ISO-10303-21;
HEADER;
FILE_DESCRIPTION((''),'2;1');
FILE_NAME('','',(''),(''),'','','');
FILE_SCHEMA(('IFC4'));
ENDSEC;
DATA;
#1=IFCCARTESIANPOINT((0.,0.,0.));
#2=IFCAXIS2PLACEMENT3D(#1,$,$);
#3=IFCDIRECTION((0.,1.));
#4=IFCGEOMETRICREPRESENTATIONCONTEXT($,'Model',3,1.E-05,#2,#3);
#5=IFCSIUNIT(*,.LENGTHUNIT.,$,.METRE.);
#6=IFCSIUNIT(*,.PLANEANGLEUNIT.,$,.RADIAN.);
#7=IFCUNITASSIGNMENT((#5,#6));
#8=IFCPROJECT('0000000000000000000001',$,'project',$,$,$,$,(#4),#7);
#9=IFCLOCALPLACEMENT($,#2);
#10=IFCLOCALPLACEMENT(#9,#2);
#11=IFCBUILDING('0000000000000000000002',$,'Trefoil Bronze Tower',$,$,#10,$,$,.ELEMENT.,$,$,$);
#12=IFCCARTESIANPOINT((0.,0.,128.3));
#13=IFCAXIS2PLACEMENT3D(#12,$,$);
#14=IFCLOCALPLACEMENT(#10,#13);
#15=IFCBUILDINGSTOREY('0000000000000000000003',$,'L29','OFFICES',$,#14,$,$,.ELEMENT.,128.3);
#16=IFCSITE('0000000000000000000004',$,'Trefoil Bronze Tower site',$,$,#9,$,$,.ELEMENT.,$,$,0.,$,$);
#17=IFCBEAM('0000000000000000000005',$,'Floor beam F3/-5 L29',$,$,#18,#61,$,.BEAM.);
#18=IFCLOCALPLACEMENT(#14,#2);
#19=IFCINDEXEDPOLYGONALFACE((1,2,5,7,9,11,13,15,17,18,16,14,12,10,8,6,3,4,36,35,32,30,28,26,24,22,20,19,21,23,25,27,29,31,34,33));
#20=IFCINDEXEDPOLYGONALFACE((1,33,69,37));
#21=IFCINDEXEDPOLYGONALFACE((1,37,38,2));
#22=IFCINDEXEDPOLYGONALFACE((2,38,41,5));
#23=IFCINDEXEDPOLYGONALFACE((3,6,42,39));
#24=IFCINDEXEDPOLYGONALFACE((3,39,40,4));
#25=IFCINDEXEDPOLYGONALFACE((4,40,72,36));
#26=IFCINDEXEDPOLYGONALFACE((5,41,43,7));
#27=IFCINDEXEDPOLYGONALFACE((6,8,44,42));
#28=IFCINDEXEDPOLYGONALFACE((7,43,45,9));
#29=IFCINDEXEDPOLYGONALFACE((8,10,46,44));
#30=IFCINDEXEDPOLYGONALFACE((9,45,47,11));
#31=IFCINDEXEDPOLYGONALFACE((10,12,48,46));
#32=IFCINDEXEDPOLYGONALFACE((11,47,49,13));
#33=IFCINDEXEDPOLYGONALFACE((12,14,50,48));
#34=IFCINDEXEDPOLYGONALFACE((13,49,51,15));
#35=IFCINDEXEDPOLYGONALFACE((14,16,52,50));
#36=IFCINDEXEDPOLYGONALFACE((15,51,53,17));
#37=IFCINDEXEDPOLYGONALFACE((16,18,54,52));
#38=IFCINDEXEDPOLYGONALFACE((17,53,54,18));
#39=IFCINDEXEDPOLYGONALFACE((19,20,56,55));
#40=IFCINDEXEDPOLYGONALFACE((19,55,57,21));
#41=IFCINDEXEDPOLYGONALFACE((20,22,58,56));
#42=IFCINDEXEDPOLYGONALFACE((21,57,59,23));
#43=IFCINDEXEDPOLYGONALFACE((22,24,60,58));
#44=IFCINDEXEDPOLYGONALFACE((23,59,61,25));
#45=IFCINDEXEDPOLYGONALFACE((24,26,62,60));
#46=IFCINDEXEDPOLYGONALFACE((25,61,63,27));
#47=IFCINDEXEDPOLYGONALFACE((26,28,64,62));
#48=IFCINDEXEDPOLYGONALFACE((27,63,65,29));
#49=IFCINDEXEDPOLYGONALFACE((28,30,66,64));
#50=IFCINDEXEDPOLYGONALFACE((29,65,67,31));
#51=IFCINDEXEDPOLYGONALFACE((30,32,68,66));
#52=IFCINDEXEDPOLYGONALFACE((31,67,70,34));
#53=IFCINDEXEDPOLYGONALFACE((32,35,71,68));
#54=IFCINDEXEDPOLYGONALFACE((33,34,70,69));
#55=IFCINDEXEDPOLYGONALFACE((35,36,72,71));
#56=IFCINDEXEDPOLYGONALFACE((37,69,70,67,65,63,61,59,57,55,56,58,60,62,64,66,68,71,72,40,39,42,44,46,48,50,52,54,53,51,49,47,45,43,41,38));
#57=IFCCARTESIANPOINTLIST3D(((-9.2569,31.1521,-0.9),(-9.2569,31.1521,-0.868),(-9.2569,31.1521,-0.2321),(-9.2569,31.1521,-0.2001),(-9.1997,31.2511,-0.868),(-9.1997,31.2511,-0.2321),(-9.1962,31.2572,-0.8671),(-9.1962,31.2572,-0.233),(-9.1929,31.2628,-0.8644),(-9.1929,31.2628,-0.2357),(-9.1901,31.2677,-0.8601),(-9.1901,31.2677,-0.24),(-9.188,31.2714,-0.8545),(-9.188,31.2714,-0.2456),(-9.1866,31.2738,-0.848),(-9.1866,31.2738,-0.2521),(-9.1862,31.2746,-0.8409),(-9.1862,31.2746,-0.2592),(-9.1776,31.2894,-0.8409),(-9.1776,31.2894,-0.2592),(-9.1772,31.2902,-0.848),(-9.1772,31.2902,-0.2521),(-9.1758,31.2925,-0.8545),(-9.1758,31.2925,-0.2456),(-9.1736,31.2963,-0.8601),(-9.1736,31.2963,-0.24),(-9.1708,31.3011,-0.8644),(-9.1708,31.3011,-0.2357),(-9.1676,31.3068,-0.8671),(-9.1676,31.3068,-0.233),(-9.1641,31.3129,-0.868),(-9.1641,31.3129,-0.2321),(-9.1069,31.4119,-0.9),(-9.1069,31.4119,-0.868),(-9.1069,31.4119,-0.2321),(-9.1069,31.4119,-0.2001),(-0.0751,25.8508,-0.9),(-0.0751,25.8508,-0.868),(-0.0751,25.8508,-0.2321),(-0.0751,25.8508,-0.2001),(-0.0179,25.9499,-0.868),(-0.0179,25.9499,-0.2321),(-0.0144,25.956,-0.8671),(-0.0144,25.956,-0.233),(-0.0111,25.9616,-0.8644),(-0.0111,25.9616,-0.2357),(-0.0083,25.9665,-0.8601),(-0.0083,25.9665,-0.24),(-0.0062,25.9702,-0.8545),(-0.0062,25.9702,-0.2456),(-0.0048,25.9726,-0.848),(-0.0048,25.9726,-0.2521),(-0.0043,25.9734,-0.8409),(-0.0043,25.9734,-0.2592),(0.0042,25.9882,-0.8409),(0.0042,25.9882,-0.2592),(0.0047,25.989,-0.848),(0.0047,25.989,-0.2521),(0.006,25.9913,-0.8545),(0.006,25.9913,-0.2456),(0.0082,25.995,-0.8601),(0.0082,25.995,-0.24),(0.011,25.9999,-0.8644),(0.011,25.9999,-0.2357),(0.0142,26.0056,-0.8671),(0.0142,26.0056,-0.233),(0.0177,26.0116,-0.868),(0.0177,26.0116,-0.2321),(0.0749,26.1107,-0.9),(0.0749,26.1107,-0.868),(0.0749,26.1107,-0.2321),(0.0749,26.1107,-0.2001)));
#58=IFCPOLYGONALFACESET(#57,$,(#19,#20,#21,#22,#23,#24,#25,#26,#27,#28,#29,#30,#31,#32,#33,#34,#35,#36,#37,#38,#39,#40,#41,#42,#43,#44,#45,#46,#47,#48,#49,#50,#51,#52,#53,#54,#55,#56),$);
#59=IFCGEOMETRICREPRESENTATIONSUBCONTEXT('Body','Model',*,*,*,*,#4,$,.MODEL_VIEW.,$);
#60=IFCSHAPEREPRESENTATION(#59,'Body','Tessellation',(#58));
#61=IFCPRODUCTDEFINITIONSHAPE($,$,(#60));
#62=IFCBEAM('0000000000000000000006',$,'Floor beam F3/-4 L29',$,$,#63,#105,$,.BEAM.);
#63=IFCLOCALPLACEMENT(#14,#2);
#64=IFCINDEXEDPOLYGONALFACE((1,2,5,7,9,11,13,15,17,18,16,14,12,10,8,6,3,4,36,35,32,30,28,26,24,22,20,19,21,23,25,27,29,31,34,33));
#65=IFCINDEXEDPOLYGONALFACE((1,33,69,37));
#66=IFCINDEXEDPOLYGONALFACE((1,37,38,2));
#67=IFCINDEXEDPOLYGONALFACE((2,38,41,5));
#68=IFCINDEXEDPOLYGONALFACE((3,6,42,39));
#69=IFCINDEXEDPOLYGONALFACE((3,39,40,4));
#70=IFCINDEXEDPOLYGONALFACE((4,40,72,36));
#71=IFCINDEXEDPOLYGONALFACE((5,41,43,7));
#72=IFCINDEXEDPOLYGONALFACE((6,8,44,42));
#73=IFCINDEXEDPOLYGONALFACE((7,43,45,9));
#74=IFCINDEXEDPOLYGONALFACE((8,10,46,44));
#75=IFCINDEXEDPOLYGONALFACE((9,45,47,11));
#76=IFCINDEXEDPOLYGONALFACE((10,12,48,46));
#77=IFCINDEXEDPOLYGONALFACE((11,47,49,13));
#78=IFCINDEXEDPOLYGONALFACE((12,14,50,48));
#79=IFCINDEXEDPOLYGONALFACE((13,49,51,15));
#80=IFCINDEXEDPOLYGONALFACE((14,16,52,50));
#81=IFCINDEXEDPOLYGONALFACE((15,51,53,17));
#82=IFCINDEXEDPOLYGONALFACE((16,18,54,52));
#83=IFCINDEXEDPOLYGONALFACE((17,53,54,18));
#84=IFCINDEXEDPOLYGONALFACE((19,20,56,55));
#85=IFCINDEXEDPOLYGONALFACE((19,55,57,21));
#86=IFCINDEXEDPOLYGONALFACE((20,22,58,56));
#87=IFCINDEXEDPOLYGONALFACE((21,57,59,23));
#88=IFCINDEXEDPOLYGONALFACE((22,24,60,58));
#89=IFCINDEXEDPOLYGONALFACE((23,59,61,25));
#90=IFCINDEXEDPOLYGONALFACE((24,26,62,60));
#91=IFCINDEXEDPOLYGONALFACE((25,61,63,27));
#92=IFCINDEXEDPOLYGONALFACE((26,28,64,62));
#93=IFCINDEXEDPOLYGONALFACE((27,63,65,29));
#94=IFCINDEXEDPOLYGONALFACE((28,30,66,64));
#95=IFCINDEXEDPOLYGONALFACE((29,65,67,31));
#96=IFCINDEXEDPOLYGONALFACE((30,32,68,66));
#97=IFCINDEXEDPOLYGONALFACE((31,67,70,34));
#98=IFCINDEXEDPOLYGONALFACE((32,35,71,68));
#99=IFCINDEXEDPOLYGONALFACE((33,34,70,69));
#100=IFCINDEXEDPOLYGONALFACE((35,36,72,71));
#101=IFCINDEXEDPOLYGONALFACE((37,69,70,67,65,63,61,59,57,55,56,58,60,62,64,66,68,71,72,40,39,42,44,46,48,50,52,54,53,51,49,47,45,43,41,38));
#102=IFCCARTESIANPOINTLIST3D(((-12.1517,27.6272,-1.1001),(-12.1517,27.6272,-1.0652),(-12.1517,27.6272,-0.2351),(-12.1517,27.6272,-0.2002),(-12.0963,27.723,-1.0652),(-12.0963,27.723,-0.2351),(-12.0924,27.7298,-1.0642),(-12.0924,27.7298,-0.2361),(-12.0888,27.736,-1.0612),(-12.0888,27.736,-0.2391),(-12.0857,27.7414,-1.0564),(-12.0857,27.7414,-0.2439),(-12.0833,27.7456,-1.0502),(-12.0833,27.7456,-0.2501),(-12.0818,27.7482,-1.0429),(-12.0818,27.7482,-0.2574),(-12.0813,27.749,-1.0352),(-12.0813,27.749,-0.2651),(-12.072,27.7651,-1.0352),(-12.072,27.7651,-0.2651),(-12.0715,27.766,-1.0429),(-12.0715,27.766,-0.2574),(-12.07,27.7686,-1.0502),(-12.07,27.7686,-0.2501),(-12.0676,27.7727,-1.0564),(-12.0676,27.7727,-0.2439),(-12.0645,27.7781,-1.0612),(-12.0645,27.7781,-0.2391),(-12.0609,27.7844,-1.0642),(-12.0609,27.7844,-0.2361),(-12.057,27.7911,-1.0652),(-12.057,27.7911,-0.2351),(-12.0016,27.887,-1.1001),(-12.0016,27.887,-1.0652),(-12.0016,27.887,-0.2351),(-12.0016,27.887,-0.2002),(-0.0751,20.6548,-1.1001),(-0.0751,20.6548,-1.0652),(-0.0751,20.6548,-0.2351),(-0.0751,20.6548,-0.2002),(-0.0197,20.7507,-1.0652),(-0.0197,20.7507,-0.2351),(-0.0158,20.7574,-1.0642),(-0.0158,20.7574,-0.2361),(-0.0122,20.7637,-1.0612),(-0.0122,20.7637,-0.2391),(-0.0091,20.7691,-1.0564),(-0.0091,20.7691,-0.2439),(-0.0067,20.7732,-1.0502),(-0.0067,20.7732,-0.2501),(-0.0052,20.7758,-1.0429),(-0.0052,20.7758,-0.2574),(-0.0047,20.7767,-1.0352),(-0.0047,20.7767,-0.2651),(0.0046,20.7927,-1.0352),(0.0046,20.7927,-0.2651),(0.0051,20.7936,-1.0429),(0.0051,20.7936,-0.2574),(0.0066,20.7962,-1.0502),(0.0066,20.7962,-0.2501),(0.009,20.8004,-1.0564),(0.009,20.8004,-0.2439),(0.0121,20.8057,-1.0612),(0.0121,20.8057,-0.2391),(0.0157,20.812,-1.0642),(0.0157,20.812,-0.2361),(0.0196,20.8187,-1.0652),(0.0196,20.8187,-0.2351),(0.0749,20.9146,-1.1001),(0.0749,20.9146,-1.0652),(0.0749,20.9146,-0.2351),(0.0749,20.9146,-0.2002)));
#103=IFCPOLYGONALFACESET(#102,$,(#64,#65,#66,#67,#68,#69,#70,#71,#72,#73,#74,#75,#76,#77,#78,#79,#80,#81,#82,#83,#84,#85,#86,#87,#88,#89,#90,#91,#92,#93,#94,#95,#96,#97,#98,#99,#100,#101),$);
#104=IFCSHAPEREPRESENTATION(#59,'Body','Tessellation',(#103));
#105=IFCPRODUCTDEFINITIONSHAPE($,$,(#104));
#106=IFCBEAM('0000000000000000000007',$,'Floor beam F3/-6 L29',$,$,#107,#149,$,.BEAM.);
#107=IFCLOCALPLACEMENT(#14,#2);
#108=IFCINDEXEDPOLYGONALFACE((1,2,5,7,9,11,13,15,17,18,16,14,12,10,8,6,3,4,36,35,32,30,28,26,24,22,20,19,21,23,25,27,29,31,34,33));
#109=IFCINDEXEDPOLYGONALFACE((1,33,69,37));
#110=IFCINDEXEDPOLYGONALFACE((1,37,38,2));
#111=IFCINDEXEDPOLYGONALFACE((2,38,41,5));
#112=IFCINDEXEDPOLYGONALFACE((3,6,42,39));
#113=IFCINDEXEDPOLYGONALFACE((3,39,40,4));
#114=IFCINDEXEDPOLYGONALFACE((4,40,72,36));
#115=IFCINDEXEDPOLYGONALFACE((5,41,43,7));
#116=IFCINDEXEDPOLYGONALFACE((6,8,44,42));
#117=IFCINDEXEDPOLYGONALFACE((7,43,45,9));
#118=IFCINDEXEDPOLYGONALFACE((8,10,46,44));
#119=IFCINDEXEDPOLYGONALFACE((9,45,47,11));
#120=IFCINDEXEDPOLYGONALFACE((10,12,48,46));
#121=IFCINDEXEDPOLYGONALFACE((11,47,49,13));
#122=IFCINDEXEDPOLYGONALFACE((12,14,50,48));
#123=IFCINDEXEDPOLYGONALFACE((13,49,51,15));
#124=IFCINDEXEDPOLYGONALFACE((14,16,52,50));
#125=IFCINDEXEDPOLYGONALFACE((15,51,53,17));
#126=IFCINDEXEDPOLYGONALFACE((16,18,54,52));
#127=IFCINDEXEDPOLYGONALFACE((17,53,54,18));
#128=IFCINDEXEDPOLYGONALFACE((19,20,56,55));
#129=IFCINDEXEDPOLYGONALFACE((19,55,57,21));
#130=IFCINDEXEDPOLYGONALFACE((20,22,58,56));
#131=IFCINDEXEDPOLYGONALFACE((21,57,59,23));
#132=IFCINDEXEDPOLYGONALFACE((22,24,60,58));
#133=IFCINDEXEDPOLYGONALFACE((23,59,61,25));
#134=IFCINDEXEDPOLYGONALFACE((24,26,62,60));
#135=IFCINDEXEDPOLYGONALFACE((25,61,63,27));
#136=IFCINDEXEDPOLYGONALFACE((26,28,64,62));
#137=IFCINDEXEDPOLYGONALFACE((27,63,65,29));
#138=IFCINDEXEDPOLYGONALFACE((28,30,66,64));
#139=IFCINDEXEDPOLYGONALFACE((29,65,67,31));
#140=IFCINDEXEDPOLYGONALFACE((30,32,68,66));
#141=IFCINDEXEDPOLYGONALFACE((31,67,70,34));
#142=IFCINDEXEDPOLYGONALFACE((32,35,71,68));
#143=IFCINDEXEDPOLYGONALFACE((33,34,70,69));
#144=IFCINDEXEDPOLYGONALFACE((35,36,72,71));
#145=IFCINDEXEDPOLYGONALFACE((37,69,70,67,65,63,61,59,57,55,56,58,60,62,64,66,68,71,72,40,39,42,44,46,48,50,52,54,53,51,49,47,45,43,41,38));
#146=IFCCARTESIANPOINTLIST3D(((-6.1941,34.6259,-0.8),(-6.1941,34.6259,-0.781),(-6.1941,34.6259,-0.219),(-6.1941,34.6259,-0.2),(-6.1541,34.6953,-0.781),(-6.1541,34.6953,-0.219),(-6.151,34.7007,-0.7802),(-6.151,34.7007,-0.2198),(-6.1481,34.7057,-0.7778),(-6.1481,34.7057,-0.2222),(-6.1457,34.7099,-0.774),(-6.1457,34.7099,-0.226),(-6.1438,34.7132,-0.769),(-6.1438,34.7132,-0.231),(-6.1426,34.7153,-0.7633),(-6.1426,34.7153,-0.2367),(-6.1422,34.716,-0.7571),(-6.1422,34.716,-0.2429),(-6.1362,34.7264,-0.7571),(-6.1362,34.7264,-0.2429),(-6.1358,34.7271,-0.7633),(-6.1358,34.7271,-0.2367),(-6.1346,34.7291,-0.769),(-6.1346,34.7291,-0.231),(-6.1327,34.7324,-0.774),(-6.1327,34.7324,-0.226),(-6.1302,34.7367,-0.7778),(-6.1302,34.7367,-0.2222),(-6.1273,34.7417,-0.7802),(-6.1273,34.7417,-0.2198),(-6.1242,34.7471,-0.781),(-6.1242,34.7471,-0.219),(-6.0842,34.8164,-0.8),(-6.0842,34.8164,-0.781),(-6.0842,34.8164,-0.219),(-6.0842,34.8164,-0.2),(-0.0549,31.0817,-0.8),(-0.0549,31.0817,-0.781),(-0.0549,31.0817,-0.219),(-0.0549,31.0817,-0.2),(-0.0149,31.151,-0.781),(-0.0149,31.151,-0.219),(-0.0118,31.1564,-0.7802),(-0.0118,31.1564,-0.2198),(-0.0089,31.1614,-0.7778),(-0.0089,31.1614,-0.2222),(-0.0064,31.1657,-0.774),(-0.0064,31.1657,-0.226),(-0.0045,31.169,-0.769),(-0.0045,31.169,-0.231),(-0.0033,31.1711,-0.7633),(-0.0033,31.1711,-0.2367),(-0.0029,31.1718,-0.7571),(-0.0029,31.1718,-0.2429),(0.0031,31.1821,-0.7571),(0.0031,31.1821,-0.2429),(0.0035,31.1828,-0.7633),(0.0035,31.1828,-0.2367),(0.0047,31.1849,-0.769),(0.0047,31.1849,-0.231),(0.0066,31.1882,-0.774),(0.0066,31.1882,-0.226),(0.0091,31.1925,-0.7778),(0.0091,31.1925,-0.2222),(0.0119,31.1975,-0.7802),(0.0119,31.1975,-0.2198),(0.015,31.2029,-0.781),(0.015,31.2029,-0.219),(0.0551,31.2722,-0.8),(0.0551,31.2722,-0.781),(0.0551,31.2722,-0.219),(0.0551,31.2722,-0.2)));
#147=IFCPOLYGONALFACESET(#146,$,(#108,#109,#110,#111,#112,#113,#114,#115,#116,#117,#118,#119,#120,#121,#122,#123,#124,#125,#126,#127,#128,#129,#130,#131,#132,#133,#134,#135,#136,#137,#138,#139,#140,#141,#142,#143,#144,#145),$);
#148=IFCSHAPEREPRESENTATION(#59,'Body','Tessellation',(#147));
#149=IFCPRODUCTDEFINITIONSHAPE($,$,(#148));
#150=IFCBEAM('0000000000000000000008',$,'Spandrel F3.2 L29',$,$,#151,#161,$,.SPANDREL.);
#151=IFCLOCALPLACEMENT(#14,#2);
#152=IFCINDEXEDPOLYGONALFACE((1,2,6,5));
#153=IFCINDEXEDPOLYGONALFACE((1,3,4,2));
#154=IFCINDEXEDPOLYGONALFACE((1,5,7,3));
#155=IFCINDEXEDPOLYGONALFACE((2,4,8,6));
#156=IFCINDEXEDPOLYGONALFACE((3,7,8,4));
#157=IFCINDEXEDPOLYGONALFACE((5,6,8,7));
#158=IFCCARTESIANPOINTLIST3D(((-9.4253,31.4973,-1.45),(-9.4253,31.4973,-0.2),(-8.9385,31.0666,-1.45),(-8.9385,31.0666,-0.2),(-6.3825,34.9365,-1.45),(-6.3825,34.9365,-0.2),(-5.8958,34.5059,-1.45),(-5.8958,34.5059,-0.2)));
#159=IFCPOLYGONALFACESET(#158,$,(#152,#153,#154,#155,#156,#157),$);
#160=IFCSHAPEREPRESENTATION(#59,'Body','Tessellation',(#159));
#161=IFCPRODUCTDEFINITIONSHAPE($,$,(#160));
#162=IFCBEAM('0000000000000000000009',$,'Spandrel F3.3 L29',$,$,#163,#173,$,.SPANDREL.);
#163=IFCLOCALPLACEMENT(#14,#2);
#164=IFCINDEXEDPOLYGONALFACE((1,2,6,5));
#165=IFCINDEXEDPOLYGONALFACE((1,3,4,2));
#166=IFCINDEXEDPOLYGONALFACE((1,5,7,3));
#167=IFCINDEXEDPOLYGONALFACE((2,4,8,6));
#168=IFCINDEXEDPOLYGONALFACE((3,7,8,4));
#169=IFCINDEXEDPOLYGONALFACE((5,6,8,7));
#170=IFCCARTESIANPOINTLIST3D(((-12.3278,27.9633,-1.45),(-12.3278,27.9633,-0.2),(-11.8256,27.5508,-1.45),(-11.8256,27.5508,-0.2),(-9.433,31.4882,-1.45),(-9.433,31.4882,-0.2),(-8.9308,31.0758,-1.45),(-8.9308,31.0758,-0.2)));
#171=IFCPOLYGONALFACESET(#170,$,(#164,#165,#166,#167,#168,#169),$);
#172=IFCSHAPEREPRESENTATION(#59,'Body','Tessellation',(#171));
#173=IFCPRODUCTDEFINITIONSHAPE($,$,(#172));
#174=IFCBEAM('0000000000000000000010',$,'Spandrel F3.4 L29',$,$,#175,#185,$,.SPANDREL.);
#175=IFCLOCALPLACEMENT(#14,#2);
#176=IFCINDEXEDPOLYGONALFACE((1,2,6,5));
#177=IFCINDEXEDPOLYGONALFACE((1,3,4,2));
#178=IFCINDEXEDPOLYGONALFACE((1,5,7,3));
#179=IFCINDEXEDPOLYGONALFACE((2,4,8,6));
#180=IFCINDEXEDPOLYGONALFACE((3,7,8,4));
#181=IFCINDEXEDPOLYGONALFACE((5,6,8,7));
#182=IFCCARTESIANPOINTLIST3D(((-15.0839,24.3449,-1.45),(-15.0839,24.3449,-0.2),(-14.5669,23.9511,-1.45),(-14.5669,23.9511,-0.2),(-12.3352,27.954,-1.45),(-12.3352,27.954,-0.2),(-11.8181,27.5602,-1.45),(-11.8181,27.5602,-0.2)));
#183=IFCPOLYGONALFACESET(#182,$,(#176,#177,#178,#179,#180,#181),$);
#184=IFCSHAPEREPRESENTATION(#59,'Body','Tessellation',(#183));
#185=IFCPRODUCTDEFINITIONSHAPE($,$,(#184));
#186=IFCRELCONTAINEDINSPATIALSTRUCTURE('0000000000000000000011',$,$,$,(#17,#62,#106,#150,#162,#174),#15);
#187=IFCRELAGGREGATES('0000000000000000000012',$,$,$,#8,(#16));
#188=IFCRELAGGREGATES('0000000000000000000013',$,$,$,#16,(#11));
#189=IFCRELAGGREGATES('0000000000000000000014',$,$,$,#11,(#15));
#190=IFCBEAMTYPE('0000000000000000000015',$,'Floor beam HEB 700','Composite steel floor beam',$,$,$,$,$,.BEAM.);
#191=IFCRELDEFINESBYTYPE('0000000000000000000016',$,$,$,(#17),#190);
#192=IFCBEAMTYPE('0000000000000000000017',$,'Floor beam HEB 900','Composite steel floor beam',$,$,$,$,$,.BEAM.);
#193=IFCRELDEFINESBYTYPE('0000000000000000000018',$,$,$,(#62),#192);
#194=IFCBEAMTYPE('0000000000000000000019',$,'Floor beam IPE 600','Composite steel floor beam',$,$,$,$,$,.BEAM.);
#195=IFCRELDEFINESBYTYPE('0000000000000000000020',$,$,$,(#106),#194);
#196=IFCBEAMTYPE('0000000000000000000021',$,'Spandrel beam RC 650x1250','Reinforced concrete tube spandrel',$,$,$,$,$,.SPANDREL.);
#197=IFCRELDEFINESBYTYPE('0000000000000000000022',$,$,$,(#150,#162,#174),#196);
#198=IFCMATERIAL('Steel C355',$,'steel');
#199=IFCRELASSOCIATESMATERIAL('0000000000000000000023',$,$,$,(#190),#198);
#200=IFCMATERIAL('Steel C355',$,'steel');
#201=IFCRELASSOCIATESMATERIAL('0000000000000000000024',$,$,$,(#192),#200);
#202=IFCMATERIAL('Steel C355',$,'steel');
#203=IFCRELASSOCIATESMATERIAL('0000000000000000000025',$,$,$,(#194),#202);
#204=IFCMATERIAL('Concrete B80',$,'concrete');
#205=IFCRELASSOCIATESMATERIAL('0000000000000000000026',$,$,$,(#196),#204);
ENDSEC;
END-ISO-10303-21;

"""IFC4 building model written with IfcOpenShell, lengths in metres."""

from ifc_helpers import new_model, si_unit, direction, frame, origin, origin_2d, place, context, subcontext, project, spatial, rectangle, i_section, extrude, material, material_profile, profile_set, type_object, element, save


model = new_model("IFC4")

# Units and contexts
model_context = context("Model", 3, precision=1e-05, world=origin(), true_north=direction((0.0, 1.0)))
body_context = subcontext(model_context, "Body", "Model", "MODEL_VIEW")
ifc_project = project(units=[si_unit("LENGTHUNIT", "METRE"), si_unit("PLANEANGLEUNIT", "RADIAN")], contexts=[model_context])

# Site, building, storey
site_placement = place(None, origin())
site = spatial("IfcSite", under=ifc_project, at=site_placement, Name="Trefoil Bronze Tower site", CompositionType="ELEMENT", RefElevation=0.0)
building_placement = place(site_placement, origin())
building = spatial("IfcBuilding", under=site, at=building_placement, Name="Trefoil Bronze Tower", CompositionType="ELEMENT")
storey_placement = place(building_placement, frame((0.0, 0.0, 128.3)))
storey = spatial("IfcBuildingStorey", under=building, at=storey_placement, Name="L29", Description="OFFICES", CompositionType="ELEMENT", Elevation=128.3)

# Beams
ifc_material_1 = material(Name="Steel C355", Category="steel")
ifc_material_profile_1 = material_profile(ifc_material_1, i_section(OverallWidth=0.3, OverallDepth=0.7, WebThickness=0.0171, FlangeThickness=0.032, FilletRadius=0.0271, at=origin_2d()), Name="HEB 700")
ifc_profile_set_1 = profile_set([ifc_material_profile_1], Name="Steel C355")
beam_type_1 = type_object("IfcBeamType", Name="Floor beam HEB 700", Description="Composite steel floor beam", PredefinedType="BEAM", material=ifc_profile_set_1)
beam_1_placement = place(storey_placement, frame((-9.1819, 31.282, -0.55), z_axis=(0.866021, -0.500007, 0.0), x_axis=(0.500007, 0.866021, 0.0)))
element("IfcBeam", 1, at=beam_1_placement, inside=storey, type_object=beam_type_1, Name="Floor beam F3/-5 L29", PredefinedType="BEAM", context=body_context, shape_type="SweptSolid", body=[
    extrude(i_section(OverallWidth=0.3, OverallDepth=0.7, WebThickness=0.0171, FlangeThickness=0.032, FilletRadius=0.0271, at=origin_2d()), origin(), (0.0, 0.0, 1.0), 10.6023),
])
ifc_material_2 = material(Name="Steel C355", Category="steel")
ifc_material_profile_2 = material_profile(ifc_material_2, i_section(OverallWidth=0.3, OverallDepth=0.8999, WebThickness=0.0186, FlangeThickness=0.0349, FilletRadius=0.03, at=origin_2d()), Name="HEB 900")
ifc_profile_set_2 = profile_set([ifc_material_profile_2], Name="Steel C355")
beam_type_2 = type_object("IfcBeamType", Name="Floor beam HEB 900", Description="Composite steel floor beam", PredefinedType="BEAM", material=ifc_profile_set_2)
beam_2_placement = place(storey_placement, frame((-12.0767, 27.7571, -0.6501), z_axis=(0.866027, -0.499997, 0.0), x_axis=(0.499997, 0.866027, 0.0)))
element("IfcBeam", 2, at=beam_2_placement, inside=storey, type_object=beam_type_2, Name="Floor beam F3/-4 L29", PredefinedType="BEAM", context=body_context, shape_type="SweptSolid", body=[
    extrude(i_section(OverallWidth=0.3, OverallDepth=0.8999, WebThickness=0.0186, FlangeThickness=0.0349, FilletRadius=0.03, at=origin_2d()), origin(), (0.0, 0.0, 1.0), 13.9448),
])
ifc_material_3 = material(Name="Steel C355", Category="steel")
ifc_material_profile_3 = material_profile(ifc_material_3, i_section(OverallWidth=0.22, OverallDepth=0.6001, WebThickness=0.012, FlangeThickness=0.019, FilletRadius=0.0239, at=origin_2d()), Name="IPE 600")
ifc_profile_set_3 = profile_set([ifc_material_profile_3], Name="Steel C355")
beam_type_3 = type_object("IfcBeamType", Name="Floor beam IPE 600", Description="Composite steel floor beam", PredefinedType="BEAM", material=ifc_profile_set_3)
beam_3_placement = place(storey_placement, frame((-6.1392, 34.7212, -0.5), z_axis=(0.866041, -0.499973, 0.0), x_axis=(0.499973, 0.866041, 0.0)))
element("IfcBeam", 3, at=beam_3_placement, inside=storey, type_object=beam_type_3, Name="Floor beam F3/-6 L29", PredefinedType="BEAM", context=body_context, shape_type="SweptSolid", body=[
    extrude(i_section(OverallWidth=0.22, OverallDepth=0.6001, WebThickness=0.012, FlangeThickness=0.019, FilletRadius=0.0239, at=origin_2d()), origin(), (0.0, 0.0, 1.0), 7.0889),
])
ifc_material_4 = material(Name="Concrete B80", Category="concrete")
ifc_material_profile_4 = material_profile(ifc_material_4, rectangle(XDim=0.6499, YDim=1.25, at=origin_2d()), Name="RC 650x1250")
ifc_profile_set_4 = profile_set([ifc_material_profile_4], Name="Concrete B80")
beam_type_4 = type_object("IfcBeamType", Name="Spandrel beam RC 650x1250", Description="Reinforced concrete tube spandrel", PredefinedType="SPANDREL", material=ifc_profile_set_4)
beam_4_placement = place(storey_placement, frame((-6.1392, 34.7212, -0.825), z_axis=(-0.662616, -0.748959, 0.0), x_axis=(0.748959, -0.662616, 0.0)))
element("IfcBeam", 4, at=beam_4_placement, inside=storey, type_object=beam_type_4, Name="Spandrel F3.2 L29", PredefinedType="SPANDREL", context=body_context, shape_type="SweptSolid", body=[
    extrude(rectangle(XDim=0.6499, YDim=1.25, at=origin_2d()), origin(), (0.0, 0.0, 1.0), 4.592),
])
beam_5_placement = place(storey_placement, frame((-9.1819, 31.282, -0.825), z_axis=(-0.63465, -0.772799, 0.0), x_axis=(0.772799, -0.63465, 0.0)))
element("IfcBeam", 5, at=beam_5_placement, inside=storey, type_object=beam_type_4, Name="Spandrel F3.3 L29", PredefinedType="SPANDREL", context=body_context, shape_type="SweptSolid", body=[
    extrude(rectangle(XDim=0.6499, YDim=1.25, at=origin_2d()), origin(), (0.0, 0.0, 1.0), 4.5613),
])
beam_6_placement = place(storey_placement, frame((-12.0767, 27.7571, -0.825), z_axis=(-0.605899, -0.795542, 0.0), x_axis=(0.795542, -0.605899, 0.0)))
element("IfcBeam", 6, at=beam_6_placement, inside=storey, type_object=beam_type_4, Name="Spandrel F3.4 L29", PredefinedType="SPANDREL", context=body_context, shape_type="SweptSolid", body=[
    extrude(rectangle(XDim=0.6499, YDim=1.25, at=origin_2d()), origin(), (0.0, 0.0, 1.0), 4.5366),
])

save(model, "model.ifc")
